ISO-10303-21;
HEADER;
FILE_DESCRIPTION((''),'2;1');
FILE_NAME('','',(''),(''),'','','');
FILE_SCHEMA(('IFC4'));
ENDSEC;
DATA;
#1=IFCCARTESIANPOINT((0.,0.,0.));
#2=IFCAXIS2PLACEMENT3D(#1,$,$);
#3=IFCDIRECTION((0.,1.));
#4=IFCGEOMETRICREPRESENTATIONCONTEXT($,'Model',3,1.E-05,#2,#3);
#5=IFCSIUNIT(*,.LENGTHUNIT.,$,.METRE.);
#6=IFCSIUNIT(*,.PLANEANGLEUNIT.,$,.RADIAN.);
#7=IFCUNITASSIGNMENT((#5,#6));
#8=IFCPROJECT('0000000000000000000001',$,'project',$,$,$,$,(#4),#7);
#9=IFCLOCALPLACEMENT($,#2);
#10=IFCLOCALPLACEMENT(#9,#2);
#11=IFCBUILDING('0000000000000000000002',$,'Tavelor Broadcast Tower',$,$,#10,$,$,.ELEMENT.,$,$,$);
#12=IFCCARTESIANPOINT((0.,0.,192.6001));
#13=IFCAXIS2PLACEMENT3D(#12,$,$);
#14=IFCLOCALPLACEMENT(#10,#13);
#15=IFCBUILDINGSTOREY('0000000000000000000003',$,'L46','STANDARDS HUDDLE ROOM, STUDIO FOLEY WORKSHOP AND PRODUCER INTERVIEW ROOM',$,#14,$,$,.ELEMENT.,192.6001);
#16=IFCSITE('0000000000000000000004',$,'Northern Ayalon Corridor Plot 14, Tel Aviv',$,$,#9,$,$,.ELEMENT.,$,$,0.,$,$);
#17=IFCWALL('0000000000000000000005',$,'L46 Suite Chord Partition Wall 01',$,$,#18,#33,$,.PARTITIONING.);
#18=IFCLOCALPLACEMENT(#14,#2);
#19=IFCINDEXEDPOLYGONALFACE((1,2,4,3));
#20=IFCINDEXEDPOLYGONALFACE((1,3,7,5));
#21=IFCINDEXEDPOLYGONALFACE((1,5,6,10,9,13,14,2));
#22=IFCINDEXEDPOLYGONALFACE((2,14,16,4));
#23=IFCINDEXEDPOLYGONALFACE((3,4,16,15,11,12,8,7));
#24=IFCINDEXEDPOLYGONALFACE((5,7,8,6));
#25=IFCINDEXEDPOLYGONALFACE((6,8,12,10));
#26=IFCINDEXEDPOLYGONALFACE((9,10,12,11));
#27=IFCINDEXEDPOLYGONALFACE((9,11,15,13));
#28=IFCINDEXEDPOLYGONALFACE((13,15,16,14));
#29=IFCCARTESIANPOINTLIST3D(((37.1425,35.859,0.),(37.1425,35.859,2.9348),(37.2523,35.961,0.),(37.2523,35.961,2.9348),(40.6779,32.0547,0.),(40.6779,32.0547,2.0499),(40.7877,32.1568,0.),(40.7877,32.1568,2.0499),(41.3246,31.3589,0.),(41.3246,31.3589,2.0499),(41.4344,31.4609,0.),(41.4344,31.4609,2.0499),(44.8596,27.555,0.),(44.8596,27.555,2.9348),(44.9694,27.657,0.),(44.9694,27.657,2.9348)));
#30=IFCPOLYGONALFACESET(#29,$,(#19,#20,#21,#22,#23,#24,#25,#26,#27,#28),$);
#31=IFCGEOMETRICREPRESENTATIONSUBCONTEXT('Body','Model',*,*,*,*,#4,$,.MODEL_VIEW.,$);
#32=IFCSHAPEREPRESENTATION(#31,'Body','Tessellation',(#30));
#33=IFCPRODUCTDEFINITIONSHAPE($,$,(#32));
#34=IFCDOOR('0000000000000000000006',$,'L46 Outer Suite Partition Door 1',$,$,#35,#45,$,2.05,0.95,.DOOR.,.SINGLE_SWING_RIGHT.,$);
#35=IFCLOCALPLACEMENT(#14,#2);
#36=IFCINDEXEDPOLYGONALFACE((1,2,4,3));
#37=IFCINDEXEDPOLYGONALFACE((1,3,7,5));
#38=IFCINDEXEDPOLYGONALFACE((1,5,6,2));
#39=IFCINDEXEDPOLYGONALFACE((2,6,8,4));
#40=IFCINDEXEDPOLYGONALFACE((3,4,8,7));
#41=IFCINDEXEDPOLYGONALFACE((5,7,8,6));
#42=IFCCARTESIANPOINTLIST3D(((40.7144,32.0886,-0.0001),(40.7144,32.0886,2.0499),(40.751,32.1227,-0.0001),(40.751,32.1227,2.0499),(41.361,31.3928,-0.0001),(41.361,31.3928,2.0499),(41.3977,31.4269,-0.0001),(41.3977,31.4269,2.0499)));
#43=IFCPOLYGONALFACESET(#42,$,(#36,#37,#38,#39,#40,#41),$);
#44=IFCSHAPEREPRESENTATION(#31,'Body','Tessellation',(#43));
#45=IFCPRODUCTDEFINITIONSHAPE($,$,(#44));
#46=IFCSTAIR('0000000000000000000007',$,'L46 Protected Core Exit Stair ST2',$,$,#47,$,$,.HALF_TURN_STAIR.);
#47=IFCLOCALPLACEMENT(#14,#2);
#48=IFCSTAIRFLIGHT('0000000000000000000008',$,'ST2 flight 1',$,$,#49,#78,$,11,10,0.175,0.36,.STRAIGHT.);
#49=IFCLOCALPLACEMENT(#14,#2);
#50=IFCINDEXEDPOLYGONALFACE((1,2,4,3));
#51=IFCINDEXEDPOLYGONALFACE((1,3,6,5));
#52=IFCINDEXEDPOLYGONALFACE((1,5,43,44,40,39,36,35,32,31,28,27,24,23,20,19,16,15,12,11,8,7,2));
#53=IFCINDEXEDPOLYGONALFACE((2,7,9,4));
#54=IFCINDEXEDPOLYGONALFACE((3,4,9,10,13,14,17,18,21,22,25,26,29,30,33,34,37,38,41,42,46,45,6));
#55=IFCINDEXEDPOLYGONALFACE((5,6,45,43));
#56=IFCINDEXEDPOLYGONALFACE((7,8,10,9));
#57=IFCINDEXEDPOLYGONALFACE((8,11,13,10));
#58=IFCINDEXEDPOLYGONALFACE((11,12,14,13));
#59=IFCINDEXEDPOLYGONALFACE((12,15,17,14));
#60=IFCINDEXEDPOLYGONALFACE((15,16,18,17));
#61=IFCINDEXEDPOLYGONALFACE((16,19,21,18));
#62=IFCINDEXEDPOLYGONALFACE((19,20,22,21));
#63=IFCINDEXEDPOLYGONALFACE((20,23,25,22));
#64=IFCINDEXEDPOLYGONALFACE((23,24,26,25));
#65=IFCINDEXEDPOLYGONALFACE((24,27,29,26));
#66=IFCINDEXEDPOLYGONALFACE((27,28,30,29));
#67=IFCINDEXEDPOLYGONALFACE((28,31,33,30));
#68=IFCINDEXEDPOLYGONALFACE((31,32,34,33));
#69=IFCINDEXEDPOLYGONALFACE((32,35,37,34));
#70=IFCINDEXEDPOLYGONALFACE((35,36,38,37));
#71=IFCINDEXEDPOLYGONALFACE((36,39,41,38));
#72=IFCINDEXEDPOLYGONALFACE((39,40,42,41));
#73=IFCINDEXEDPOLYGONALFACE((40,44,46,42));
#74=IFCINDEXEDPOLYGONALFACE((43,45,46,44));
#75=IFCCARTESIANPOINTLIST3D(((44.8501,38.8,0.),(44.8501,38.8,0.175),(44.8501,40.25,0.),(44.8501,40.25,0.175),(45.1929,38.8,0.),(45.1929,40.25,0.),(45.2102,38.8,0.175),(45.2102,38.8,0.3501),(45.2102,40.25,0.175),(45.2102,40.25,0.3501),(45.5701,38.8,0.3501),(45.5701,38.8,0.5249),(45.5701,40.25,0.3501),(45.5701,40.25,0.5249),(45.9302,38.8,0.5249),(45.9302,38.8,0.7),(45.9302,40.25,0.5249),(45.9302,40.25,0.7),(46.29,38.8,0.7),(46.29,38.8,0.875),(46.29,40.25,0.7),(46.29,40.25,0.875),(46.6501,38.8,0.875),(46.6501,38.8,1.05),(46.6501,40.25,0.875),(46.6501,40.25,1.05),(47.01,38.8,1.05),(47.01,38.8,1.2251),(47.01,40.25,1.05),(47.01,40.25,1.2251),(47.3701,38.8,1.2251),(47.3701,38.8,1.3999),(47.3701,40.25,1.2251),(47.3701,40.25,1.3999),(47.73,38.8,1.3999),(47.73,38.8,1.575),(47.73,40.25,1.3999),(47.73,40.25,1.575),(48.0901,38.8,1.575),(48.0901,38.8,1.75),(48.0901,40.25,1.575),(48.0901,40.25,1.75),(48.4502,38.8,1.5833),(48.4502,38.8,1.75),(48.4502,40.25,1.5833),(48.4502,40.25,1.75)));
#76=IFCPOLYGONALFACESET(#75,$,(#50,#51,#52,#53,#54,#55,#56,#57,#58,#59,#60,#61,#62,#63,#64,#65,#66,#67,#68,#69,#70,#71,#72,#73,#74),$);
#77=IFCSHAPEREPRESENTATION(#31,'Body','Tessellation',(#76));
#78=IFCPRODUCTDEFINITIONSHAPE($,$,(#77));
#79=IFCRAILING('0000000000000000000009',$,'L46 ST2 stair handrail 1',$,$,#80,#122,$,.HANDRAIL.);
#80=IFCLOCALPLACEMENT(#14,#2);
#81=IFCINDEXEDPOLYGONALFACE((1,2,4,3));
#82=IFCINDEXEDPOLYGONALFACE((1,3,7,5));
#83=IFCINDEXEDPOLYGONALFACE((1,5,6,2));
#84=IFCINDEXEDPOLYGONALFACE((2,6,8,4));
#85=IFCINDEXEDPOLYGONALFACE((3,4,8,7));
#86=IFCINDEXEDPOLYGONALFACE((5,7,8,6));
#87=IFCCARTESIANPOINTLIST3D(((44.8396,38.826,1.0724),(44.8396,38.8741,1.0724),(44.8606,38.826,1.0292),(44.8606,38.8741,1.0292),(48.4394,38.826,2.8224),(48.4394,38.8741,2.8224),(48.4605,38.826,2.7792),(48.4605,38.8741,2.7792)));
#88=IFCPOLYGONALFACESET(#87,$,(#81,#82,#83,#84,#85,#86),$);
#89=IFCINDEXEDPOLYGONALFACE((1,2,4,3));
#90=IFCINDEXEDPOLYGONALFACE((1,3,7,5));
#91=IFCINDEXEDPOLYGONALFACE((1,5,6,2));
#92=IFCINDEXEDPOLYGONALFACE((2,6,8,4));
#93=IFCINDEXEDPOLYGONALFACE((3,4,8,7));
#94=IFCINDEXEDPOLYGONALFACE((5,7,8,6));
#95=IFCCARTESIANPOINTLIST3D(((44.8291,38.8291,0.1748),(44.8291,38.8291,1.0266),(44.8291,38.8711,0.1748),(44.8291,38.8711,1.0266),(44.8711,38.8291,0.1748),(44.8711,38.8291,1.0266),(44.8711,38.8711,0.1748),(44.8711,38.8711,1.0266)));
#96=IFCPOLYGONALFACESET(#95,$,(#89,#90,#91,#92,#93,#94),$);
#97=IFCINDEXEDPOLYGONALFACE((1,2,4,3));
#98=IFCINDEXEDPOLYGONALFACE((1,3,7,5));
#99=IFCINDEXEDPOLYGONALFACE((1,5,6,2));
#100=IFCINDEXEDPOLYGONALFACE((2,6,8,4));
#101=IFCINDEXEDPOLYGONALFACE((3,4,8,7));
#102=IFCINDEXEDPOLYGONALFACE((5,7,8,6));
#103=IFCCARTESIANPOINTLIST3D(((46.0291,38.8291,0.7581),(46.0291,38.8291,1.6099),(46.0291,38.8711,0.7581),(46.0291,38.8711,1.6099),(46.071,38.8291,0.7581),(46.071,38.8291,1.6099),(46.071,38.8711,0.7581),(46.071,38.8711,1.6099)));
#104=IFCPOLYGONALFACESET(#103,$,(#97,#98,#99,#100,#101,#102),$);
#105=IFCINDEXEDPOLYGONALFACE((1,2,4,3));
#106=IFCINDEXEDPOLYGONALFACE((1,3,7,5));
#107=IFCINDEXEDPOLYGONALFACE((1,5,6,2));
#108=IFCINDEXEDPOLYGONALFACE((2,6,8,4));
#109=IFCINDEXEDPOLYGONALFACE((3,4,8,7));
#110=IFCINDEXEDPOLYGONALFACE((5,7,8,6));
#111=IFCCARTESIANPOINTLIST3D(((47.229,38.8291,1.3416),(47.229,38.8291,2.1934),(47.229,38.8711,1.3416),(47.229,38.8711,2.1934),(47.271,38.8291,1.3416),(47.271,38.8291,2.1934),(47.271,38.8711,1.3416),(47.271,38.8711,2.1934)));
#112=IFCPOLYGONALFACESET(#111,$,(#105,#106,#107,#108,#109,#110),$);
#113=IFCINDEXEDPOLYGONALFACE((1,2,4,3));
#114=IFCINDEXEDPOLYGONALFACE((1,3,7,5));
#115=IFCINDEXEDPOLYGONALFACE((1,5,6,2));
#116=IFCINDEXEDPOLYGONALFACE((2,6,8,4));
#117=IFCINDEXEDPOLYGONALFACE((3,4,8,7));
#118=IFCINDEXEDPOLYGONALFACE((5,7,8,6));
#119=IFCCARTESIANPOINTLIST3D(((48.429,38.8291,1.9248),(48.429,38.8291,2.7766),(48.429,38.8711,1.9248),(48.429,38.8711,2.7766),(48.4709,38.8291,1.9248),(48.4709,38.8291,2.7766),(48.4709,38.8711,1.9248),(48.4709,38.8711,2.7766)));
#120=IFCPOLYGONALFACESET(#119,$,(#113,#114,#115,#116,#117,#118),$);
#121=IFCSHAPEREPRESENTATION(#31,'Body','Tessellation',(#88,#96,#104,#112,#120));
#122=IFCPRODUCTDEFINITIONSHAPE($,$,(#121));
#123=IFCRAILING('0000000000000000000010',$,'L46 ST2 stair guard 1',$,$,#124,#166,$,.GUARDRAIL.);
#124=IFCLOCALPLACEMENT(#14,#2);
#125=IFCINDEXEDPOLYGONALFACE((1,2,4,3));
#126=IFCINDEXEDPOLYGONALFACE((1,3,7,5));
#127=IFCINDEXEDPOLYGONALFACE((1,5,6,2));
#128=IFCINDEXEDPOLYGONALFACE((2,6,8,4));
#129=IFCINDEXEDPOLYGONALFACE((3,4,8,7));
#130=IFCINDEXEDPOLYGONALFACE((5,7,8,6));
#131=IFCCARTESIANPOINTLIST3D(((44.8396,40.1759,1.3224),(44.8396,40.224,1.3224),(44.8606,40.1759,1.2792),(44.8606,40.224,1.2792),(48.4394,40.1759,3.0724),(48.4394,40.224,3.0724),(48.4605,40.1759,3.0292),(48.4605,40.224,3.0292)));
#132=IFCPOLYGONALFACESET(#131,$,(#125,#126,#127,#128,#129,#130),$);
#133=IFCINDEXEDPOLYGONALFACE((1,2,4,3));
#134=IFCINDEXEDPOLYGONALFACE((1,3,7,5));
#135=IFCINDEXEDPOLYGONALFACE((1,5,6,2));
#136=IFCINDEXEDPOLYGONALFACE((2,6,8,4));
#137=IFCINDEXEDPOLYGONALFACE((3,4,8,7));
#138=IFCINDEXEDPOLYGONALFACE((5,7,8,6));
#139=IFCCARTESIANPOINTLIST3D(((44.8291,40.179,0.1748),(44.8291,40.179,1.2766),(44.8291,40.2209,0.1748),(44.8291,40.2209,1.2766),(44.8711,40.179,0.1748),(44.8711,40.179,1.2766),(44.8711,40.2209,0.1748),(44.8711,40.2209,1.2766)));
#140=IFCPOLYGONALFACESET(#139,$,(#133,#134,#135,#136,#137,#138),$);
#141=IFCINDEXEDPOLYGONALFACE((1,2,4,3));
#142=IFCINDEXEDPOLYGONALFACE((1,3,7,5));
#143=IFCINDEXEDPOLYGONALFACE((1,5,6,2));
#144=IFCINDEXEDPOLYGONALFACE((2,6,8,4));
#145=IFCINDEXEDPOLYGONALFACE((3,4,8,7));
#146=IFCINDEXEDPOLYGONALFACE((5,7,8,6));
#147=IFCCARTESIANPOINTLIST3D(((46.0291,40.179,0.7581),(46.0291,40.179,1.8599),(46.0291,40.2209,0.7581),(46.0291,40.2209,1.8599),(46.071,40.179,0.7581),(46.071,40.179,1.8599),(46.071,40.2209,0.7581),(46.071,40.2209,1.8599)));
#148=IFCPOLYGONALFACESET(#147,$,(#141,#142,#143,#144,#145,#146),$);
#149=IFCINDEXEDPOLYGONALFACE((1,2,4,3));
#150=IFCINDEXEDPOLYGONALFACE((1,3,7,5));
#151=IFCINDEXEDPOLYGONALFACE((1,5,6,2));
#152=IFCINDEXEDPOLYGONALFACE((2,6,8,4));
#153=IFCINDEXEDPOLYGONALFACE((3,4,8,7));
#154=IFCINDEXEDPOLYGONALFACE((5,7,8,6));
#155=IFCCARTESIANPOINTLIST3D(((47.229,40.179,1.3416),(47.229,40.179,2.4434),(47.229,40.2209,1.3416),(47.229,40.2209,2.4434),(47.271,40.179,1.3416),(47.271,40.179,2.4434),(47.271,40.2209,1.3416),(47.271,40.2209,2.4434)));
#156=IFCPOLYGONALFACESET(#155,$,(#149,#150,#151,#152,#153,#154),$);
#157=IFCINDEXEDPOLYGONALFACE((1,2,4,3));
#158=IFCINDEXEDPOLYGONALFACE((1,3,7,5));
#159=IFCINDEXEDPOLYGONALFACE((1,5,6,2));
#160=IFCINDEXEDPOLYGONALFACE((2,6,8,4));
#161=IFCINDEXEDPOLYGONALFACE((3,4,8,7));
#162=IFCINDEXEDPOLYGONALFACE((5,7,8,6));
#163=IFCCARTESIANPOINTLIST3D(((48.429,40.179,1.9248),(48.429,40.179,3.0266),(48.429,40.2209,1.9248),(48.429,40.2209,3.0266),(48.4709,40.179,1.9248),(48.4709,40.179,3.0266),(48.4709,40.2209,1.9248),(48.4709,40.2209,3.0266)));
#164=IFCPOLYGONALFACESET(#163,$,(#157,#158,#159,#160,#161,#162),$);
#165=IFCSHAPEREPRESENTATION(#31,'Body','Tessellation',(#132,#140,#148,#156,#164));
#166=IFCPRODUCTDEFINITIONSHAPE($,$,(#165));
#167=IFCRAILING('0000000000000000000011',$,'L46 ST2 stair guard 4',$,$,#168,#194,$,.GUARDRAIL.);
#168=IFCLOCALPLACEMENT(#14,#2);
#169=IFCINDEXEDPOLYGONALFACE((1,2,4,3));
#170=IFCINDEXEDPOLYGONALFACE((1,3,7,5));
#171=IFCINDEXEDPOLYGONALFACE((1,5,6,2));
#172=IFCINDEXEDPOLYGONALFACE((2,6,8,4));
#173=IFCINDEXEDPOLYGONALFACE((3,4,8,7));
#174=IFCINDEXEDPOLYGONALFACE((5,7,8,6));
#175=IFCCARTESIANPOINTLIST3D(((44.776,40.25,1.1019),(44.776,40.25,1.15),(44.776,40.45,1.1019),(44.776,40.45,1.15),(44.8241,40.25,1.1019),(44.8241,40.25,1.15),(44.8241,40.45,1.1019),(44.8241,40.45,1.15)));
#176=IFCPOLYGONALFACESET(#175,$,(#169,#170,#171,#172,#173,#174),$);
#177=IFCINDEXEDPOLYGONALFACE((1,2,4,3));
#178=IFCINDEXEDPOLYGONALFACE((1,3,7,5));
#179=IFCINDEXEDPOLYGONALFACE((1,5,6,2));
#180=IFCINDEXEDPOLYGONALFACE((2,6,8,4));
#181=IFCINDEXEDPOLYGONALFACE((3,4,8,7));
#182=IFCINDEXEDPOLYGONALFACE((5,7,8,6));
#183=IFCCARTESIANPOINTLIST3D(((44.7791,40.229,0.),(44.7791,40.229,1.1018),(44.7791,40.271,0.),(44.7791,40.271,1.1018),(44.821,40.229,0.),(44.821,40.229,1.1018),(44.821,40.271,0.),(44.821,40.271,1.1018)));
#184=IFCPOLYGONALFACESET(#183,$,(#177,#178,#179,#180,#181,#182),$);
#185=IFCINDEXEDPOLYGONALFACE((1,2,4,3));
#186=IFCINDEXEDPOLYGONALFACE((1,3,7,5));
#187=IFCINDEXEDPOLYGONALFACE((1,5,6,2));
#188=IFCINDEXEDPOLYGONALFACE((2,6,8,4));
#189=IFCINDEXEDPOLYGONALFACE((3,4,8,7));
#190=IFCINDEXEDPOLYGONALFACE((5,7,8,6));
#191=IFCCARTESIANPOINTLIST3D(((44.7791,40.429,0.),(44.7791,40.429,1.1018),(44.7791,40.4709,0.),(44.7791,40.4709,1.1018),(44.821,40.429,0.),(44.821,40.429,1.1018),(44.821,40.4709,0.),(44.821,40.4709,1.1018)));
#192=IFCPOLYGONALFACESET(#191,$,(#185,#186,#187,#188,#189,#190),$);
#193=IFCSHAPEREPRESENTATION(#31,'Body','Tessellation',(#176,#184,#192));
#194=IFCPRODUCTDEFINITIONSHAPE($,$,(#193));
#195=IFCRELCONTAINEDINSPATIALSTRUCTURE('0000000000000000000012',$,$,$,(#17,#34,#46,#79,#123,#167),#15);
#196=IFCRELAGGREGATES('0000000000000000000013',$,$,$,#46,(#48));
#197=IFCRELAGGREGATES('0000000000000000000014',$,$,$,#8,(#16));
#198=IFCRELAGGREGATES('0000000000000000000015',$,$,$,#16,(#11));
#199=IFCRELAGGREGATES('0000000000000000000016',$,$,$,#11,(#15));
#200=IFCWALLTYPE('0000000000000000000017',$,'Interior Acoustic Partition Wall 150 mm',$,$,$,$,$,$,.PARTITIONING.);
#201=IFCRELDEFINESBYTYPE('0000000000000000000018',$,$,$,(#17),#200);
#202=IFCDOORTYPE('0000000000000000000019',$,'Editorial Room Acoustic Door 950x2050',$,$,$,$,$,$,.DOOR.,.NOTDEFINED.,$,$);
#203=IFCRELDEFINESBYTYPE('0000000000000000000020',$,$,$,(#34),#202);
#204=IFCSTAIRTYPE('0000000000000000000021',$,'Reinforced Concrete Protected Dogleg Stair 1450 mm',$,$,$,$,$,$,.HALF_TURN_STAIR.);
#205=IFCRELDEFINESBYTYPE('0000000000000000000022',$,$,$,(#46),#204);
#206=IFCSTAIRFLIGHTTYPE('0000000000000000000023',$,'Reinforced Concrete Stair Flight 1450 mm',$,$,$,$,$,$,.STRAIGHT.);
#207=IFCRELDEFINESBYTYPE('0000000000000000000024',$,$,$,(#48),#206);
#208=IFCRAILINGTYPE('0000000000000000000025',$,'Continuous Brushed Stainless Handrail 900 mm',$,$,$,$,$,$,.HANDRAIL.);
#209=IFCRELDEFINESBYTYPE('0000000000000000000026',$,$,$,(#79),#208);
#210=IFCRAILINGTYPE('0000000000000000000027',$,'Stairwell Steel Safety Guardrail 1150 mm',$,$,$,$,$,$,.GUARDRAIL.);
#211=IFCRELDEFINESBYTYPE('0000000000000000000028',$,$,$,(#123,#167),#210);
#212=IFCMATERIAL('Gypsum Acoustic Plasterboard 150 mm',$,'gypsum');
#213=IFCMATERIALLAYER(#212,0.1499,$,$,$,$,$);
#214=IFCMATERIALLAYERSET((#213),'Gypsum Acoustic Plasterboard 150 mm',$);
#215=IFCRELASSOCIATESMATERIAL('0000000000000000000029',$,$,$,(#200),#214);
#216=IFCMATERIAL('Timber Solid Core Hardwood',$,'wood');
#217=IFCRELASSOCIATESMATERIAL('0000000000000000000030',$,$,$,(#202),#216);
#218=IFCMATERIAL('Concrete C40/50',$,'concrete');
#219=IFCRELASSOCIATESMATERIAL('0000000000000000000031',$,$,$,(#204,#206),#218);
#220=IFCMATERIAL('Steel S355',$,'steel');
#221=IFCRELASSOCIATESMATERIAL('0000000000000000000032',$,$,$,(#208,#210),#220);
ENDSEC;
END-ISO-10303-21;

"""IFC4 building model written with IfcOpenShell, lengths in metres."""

from ifc_helpers import new_model, si_unit, direction, frame, frame_2d, origin, origin_2d, place, context, subcontext, project, spatial, polyline, rectangle, outline, extrude, material, layer, layer_set, type_object, element, fill, aggregate, save


model = new_model("IFC4")

# Units and contexts
model_context = context("Model", 3, precision=1e-05, world=origin(), true_north=direction((0.0, 1.0)))
body_context = subcontext(model_context, "Body", "Model", "MODEL_VIEW")
ifc_project = project(units=[si_unit("LENGTHUNIT", "METRE"), si_unit("PLANEANGLEUNIT", "RADIAN")], contexts=[model_context])

# Site, building, storey
site_placement = place(None, origin())
site = spatial("IfcSite", under=ifc_project, at=site_placement, Name="Northern Ayalon Corridor Plot 14, Tel Aviv", CompositionType="ELEMENT", RefElevation=0.0)
building_placement = place(site_placement, origin())
building = spatial("IfcBuilding", under=site, at=building_placement, Name="Tavelor Broadcast Tower", CompositionType="ELEMENT")
storey_placement = place(building_placement, frame((0.0, 0.0, 192.6001)))
storey = spatial("IfcBuildingStorey", under=building, at=storey_placement, Name="L46", Description="STANDARDS HUDDLE ROOM, STUDIO FOLEY WORKSHOP AND PRODUCER INTERVIEW ROOM", CompositionType="ELEMENT", Elevation=192.6001)

# Shared definitions
ifc_material_1 = material(Name="Concrete C40/50", Category="concrete")
ifc_material_2 = material(Name="Steel S355", Category="steel")

# Shared definitions
ifc_material_3 = material(Name="Timber Solid Core Hardwood", Category="wood")

# Shared definitions
ifc_material_4 = material(Name="Gypsum Acoustic Plasterboard 150 mm", Category="gypsum")
ifc_layer_1 = layer(ifc_material_4, 0.1499)
ifc_layer_set_1 = layer_set([ifc_layer_1], Name="Gypsum Acoustic Plasterboard 150 mm")
wall_type_1 = type_object("IfcWallType", Name="Interior Acoustic Partition Wall 150 mm", PredefinedType="PARTITIONING", material=ifc_layer_set_1)

# Wall, opening, door
wall_1_placement = place(storey_placement, frame((37.1975, 35.9099, 0.0), z_axis=(0.0, 0.0, 1.0), x_axis=(0.680746, -0.73252, 0.0)))
wall_1 = element("IfcWall", 1, at=wall_1_placement, inside=storey, type_object=wall_type_1, Name="L46 Suite Chord Partition Wall 01", PredefinedType="PARTITIONING", context=body_context, shape_type="SweptSolid", body=[
    extrude(rectangle(XDim=11.3362, YDim=0.1499, at=frame_2d((5.668, 0.0))), origin(), (0.0, 0.0, 1.0), 2.9348),
])
opening_1_placement = place(wall_1_placement, frame((5.1931, 0.0, 0.0)))
opening_1 = element("IfcOpeningElement", 2, at=opening_1_placement, cuts=wall_1, PredefinedType="OPENING", context=body_context, shape_type="SweptSolid", body=[
    extrude(rectangle(XDim=0.95, YDim=2.05, at=frame_2d((0.4751, 1.0249))), frame((0.0, 0.085, 0.0), z_axis=(0.0, -1.0, 0.0), x_axis=(1.0, 0.0, 0.0)), (0.0, 0.0, 1.0), 0.1699),
])
door_type_1 = type_object("IfcDoorType", Name="Editorial Room Acoustic Door 950x2050", OperationType="NOTDEFINED", PredefinedType="DOOR", material=ifc_material_3)
door_1_placement = place(opening_1_placement, origin())
door_1 = element("IfcDoor", 3, at=door_1_placement, inside=storey, type_object=door_type_1, Name="L46 Outer Suite Partition Door 1", OperationType="SINGLE_SWING_RIGHT", OverallHeight=2.05, OverallWidth=0.95, PredefinedType="DOOR", context=body_context, shape_type="SweptSolid", body=[
    extrude(rectangle(XDim=0.95, YDim=2.05, at=frame_2d((0.4751, 1.0249))), frame((0.0, 0.0249, 0.0), z_axis=(0.0, -1.0, 0.0), x_axis=(1.0, 0.0, 0.0)), (0.0, 0.0, 1.0), 0.05),
])
fill(opening_1, door_1)

# Stair, stair flight
stair_type = type_object("IfcStairType", Name="Reinforced Concrete Protected Dogleg Stair 1450 mm", PredefinedType="HALF_TURN_STAIR", material=ifc_material_1)
stair_placement = place(storey_placement, origin())
stair = element("IfcStair", 4, at=stair_placement, inside=storey, type_object=stair_type, Name="L46 Protected Core Exit Stair ST2", PredefinedType="HALF_TURN_STAIR")
stair_flight_type = type_object("IfcStairFlightType", Name="Reinforced Concrete Stair Flight 1450 mm", PredefinedType="STRAIGHT", material=ifc_material_1)
stair_flight_placement = place(storey_placement, frame((44.8501, 39.5249, 0.0), z_axis=(0.0, 0.0, 1.0), x_axis=(1.0, 0.0, 0.0)))
stair_flight = element("IfcStairFlight", 5, at=stair_flight_placement, type_object=stair_flight_type, Name="ST2 flight 1", NumberOfRisers=11, NumberOfTreads=10, PredefinedType="STRAIGHT", RiserHeight=0.175, TreadLength=0.36, context=body_context, shape_type="SweptSolid", body=[
    extrude(outline(polyline([(0.0, 0.0), (0.0, 0.175), (0.3601, 0.175), (0.3601, 0.3501), (0.72, 0.3501), (0.72, 0.5249), (1.0801, 0.5249), (1.0801, 0.7), (1.4399, 0.7), (1.4399, 0.875), (1.8, 0.875), (1.8, 1.05), (2.1599, 1.05), (2.1599, 1.2251), (2.52, 1.2251), (2.52, 1.3999), (2.8799, 1.3999), (2.8799, 1.575), (3.24, 1.575), (3.24, 1.75), (3.6001, 1.75), (3.6001, 1.925), (3.6001, 1.5833), (0.3428, 0.0), (0.0, 0.0)])), frame((0.0, 0.7251, 0.0), z_axis=(0.0, -1.0, 0.0), x_axis=(1.0, 0.0, 0.0)), (0.0, 0.0, 1.0), 1.45),
])
aggregate(stair, [stair_flight])

# Railings
railing_type_1 = type_object("IfcRailingType", Name="Continuous Brushed Stainless Handrail 900 mm", PredefinedType="HANDRAIL", material=ifc_material_2)
railing_1_placement = place(storey_placement, frame((44.8501, 38.8501, 0.1748)))
element("IfcRailing", 6, at=railing_1_placement, inside=storey, type_object=railing_type_1, Name="L46 ST2 stair handrail 1", PredefinedType="HANDRAIL", context=body_context, shape_type="SweptSolid", body=[
    extrude(rectangle(XDim=0.0481, YDim=0.0481, at=origin_2d()), frame((0.0, 0.0, 0.876), z_axis=(0.899361, 0.0, 0.437207), x_axis=(0.0, 1.0, 0.0)), (0.0, 0.0, 1.0), 4.0027),
    extrude(rectangle(XDim=0.042, YDim=0.042, at=origin_2d()), origin(), (0.0, 0.0, 1.0), 0.8518),
    extrude(rectangle(XDim=0.042, YDim=0.042, at=origin_2d()), frame((1.2, 0.0, 0.5833)), (0.0, 0.0, 1.0), 0.8518),
    extrude(rectangle(XDim=0.042, YDim=0.042, at=origin_2d()), frame((2.3999, 0.0, 1.1667)), (0.0, 0.0, 1.0), 0.8518),
    extrude(rectangle(XDim=0.042, YDim=0.042, at=origin_2d()), frame((3.5999, 0.0, 1.75)), (0.0, 0.0, 1.0), 0.8518),
])
railing_type_2 = type_object("IfcRailingType", Name="Stairwell Steel Safety Guardrail 1150 mm", PredefinedType="GUARDRAIL", material=ifc_material_2)
railing_2_placement = place(storey_placement, frame((44.8501, 40.2, 0.1748)))
element("IfcRailing", 7, at=railing_2_placement, inside=storey, type_object=railing_type_2, Name="L46 ST2 stair guard 1", PredefinedType="GUARDRAIL", context=body_context, shape_type="SweptSolid", body=[
    extrude(rectangle(XDim=0.0481, YDim=0.0481, at=origin_2d()), frame((0.0, 0.0, 1.126), z_axis=(0.899361, 0.0, 0.437207), x_axis=(0.0, 1.0, 0.0)), (0.0, 0.0, 1.0), 4.0027),
    extrude(rectangle(XDim=0.042, YDim=0.042, at=origin_2d()), origin(), (0.0, 0.0, 1.0), 1.1018),
    extrude(rectangle(XDim=0.042, YDim=0.042, at=origin_2d()), frame((1.2, 0.0, 0.5833)), (0.0, 0.0, 1.0), 1.1018),
    extrude(rectangle(XDim=0.042, YDim=0.042, at=origin_2d()), frame((2.3999, 0.0, 1.1667)), (0.0, 0.0, 1.0), 1.1018),
    extrude(rectangle(XDim=0.042, YDim=0.042, at=origin_2d()), frame((3.5999, 0.0, 1.75)), (0.0, 0.0, 1.0), 1.1018),
])
railing_3_placement = place(storey_placement, frame((44.8, 40.25, 0.0)))
element("IfcRailing", 8, at=railing_3_placement, inside=storey, type_object=railing_type_2, Name="L46 ST2 stair guard 4", PredefinedType="GUARDRAIL", context=body_context, shape_type="SweptSolid", body=[
    extrude(rectangle(XDim=0.0481, YDim=0.0481, at=origin_2d()), frame((0.0, 0.0, 1.126), z_axis=(0.0, 1.0, 0.0), x_axis=(-1.0, 0.0, 0.0)), (0.0, 0.0, 1.0), 0.2),
    extrude(rectangle(XDim=0.042, YDim=0.042, at=origin_2d()), origin(), (0.0, 0.0, 1.0), 1.1018),
    extrude(rectangle(XDim=0.042, YDim=0.042, at=origin_2d()), frame((0.0, 0.2, 0.0)), (0.0, 0.0, 1.0), 1.1018),
])

save(model, "model.ifc")
